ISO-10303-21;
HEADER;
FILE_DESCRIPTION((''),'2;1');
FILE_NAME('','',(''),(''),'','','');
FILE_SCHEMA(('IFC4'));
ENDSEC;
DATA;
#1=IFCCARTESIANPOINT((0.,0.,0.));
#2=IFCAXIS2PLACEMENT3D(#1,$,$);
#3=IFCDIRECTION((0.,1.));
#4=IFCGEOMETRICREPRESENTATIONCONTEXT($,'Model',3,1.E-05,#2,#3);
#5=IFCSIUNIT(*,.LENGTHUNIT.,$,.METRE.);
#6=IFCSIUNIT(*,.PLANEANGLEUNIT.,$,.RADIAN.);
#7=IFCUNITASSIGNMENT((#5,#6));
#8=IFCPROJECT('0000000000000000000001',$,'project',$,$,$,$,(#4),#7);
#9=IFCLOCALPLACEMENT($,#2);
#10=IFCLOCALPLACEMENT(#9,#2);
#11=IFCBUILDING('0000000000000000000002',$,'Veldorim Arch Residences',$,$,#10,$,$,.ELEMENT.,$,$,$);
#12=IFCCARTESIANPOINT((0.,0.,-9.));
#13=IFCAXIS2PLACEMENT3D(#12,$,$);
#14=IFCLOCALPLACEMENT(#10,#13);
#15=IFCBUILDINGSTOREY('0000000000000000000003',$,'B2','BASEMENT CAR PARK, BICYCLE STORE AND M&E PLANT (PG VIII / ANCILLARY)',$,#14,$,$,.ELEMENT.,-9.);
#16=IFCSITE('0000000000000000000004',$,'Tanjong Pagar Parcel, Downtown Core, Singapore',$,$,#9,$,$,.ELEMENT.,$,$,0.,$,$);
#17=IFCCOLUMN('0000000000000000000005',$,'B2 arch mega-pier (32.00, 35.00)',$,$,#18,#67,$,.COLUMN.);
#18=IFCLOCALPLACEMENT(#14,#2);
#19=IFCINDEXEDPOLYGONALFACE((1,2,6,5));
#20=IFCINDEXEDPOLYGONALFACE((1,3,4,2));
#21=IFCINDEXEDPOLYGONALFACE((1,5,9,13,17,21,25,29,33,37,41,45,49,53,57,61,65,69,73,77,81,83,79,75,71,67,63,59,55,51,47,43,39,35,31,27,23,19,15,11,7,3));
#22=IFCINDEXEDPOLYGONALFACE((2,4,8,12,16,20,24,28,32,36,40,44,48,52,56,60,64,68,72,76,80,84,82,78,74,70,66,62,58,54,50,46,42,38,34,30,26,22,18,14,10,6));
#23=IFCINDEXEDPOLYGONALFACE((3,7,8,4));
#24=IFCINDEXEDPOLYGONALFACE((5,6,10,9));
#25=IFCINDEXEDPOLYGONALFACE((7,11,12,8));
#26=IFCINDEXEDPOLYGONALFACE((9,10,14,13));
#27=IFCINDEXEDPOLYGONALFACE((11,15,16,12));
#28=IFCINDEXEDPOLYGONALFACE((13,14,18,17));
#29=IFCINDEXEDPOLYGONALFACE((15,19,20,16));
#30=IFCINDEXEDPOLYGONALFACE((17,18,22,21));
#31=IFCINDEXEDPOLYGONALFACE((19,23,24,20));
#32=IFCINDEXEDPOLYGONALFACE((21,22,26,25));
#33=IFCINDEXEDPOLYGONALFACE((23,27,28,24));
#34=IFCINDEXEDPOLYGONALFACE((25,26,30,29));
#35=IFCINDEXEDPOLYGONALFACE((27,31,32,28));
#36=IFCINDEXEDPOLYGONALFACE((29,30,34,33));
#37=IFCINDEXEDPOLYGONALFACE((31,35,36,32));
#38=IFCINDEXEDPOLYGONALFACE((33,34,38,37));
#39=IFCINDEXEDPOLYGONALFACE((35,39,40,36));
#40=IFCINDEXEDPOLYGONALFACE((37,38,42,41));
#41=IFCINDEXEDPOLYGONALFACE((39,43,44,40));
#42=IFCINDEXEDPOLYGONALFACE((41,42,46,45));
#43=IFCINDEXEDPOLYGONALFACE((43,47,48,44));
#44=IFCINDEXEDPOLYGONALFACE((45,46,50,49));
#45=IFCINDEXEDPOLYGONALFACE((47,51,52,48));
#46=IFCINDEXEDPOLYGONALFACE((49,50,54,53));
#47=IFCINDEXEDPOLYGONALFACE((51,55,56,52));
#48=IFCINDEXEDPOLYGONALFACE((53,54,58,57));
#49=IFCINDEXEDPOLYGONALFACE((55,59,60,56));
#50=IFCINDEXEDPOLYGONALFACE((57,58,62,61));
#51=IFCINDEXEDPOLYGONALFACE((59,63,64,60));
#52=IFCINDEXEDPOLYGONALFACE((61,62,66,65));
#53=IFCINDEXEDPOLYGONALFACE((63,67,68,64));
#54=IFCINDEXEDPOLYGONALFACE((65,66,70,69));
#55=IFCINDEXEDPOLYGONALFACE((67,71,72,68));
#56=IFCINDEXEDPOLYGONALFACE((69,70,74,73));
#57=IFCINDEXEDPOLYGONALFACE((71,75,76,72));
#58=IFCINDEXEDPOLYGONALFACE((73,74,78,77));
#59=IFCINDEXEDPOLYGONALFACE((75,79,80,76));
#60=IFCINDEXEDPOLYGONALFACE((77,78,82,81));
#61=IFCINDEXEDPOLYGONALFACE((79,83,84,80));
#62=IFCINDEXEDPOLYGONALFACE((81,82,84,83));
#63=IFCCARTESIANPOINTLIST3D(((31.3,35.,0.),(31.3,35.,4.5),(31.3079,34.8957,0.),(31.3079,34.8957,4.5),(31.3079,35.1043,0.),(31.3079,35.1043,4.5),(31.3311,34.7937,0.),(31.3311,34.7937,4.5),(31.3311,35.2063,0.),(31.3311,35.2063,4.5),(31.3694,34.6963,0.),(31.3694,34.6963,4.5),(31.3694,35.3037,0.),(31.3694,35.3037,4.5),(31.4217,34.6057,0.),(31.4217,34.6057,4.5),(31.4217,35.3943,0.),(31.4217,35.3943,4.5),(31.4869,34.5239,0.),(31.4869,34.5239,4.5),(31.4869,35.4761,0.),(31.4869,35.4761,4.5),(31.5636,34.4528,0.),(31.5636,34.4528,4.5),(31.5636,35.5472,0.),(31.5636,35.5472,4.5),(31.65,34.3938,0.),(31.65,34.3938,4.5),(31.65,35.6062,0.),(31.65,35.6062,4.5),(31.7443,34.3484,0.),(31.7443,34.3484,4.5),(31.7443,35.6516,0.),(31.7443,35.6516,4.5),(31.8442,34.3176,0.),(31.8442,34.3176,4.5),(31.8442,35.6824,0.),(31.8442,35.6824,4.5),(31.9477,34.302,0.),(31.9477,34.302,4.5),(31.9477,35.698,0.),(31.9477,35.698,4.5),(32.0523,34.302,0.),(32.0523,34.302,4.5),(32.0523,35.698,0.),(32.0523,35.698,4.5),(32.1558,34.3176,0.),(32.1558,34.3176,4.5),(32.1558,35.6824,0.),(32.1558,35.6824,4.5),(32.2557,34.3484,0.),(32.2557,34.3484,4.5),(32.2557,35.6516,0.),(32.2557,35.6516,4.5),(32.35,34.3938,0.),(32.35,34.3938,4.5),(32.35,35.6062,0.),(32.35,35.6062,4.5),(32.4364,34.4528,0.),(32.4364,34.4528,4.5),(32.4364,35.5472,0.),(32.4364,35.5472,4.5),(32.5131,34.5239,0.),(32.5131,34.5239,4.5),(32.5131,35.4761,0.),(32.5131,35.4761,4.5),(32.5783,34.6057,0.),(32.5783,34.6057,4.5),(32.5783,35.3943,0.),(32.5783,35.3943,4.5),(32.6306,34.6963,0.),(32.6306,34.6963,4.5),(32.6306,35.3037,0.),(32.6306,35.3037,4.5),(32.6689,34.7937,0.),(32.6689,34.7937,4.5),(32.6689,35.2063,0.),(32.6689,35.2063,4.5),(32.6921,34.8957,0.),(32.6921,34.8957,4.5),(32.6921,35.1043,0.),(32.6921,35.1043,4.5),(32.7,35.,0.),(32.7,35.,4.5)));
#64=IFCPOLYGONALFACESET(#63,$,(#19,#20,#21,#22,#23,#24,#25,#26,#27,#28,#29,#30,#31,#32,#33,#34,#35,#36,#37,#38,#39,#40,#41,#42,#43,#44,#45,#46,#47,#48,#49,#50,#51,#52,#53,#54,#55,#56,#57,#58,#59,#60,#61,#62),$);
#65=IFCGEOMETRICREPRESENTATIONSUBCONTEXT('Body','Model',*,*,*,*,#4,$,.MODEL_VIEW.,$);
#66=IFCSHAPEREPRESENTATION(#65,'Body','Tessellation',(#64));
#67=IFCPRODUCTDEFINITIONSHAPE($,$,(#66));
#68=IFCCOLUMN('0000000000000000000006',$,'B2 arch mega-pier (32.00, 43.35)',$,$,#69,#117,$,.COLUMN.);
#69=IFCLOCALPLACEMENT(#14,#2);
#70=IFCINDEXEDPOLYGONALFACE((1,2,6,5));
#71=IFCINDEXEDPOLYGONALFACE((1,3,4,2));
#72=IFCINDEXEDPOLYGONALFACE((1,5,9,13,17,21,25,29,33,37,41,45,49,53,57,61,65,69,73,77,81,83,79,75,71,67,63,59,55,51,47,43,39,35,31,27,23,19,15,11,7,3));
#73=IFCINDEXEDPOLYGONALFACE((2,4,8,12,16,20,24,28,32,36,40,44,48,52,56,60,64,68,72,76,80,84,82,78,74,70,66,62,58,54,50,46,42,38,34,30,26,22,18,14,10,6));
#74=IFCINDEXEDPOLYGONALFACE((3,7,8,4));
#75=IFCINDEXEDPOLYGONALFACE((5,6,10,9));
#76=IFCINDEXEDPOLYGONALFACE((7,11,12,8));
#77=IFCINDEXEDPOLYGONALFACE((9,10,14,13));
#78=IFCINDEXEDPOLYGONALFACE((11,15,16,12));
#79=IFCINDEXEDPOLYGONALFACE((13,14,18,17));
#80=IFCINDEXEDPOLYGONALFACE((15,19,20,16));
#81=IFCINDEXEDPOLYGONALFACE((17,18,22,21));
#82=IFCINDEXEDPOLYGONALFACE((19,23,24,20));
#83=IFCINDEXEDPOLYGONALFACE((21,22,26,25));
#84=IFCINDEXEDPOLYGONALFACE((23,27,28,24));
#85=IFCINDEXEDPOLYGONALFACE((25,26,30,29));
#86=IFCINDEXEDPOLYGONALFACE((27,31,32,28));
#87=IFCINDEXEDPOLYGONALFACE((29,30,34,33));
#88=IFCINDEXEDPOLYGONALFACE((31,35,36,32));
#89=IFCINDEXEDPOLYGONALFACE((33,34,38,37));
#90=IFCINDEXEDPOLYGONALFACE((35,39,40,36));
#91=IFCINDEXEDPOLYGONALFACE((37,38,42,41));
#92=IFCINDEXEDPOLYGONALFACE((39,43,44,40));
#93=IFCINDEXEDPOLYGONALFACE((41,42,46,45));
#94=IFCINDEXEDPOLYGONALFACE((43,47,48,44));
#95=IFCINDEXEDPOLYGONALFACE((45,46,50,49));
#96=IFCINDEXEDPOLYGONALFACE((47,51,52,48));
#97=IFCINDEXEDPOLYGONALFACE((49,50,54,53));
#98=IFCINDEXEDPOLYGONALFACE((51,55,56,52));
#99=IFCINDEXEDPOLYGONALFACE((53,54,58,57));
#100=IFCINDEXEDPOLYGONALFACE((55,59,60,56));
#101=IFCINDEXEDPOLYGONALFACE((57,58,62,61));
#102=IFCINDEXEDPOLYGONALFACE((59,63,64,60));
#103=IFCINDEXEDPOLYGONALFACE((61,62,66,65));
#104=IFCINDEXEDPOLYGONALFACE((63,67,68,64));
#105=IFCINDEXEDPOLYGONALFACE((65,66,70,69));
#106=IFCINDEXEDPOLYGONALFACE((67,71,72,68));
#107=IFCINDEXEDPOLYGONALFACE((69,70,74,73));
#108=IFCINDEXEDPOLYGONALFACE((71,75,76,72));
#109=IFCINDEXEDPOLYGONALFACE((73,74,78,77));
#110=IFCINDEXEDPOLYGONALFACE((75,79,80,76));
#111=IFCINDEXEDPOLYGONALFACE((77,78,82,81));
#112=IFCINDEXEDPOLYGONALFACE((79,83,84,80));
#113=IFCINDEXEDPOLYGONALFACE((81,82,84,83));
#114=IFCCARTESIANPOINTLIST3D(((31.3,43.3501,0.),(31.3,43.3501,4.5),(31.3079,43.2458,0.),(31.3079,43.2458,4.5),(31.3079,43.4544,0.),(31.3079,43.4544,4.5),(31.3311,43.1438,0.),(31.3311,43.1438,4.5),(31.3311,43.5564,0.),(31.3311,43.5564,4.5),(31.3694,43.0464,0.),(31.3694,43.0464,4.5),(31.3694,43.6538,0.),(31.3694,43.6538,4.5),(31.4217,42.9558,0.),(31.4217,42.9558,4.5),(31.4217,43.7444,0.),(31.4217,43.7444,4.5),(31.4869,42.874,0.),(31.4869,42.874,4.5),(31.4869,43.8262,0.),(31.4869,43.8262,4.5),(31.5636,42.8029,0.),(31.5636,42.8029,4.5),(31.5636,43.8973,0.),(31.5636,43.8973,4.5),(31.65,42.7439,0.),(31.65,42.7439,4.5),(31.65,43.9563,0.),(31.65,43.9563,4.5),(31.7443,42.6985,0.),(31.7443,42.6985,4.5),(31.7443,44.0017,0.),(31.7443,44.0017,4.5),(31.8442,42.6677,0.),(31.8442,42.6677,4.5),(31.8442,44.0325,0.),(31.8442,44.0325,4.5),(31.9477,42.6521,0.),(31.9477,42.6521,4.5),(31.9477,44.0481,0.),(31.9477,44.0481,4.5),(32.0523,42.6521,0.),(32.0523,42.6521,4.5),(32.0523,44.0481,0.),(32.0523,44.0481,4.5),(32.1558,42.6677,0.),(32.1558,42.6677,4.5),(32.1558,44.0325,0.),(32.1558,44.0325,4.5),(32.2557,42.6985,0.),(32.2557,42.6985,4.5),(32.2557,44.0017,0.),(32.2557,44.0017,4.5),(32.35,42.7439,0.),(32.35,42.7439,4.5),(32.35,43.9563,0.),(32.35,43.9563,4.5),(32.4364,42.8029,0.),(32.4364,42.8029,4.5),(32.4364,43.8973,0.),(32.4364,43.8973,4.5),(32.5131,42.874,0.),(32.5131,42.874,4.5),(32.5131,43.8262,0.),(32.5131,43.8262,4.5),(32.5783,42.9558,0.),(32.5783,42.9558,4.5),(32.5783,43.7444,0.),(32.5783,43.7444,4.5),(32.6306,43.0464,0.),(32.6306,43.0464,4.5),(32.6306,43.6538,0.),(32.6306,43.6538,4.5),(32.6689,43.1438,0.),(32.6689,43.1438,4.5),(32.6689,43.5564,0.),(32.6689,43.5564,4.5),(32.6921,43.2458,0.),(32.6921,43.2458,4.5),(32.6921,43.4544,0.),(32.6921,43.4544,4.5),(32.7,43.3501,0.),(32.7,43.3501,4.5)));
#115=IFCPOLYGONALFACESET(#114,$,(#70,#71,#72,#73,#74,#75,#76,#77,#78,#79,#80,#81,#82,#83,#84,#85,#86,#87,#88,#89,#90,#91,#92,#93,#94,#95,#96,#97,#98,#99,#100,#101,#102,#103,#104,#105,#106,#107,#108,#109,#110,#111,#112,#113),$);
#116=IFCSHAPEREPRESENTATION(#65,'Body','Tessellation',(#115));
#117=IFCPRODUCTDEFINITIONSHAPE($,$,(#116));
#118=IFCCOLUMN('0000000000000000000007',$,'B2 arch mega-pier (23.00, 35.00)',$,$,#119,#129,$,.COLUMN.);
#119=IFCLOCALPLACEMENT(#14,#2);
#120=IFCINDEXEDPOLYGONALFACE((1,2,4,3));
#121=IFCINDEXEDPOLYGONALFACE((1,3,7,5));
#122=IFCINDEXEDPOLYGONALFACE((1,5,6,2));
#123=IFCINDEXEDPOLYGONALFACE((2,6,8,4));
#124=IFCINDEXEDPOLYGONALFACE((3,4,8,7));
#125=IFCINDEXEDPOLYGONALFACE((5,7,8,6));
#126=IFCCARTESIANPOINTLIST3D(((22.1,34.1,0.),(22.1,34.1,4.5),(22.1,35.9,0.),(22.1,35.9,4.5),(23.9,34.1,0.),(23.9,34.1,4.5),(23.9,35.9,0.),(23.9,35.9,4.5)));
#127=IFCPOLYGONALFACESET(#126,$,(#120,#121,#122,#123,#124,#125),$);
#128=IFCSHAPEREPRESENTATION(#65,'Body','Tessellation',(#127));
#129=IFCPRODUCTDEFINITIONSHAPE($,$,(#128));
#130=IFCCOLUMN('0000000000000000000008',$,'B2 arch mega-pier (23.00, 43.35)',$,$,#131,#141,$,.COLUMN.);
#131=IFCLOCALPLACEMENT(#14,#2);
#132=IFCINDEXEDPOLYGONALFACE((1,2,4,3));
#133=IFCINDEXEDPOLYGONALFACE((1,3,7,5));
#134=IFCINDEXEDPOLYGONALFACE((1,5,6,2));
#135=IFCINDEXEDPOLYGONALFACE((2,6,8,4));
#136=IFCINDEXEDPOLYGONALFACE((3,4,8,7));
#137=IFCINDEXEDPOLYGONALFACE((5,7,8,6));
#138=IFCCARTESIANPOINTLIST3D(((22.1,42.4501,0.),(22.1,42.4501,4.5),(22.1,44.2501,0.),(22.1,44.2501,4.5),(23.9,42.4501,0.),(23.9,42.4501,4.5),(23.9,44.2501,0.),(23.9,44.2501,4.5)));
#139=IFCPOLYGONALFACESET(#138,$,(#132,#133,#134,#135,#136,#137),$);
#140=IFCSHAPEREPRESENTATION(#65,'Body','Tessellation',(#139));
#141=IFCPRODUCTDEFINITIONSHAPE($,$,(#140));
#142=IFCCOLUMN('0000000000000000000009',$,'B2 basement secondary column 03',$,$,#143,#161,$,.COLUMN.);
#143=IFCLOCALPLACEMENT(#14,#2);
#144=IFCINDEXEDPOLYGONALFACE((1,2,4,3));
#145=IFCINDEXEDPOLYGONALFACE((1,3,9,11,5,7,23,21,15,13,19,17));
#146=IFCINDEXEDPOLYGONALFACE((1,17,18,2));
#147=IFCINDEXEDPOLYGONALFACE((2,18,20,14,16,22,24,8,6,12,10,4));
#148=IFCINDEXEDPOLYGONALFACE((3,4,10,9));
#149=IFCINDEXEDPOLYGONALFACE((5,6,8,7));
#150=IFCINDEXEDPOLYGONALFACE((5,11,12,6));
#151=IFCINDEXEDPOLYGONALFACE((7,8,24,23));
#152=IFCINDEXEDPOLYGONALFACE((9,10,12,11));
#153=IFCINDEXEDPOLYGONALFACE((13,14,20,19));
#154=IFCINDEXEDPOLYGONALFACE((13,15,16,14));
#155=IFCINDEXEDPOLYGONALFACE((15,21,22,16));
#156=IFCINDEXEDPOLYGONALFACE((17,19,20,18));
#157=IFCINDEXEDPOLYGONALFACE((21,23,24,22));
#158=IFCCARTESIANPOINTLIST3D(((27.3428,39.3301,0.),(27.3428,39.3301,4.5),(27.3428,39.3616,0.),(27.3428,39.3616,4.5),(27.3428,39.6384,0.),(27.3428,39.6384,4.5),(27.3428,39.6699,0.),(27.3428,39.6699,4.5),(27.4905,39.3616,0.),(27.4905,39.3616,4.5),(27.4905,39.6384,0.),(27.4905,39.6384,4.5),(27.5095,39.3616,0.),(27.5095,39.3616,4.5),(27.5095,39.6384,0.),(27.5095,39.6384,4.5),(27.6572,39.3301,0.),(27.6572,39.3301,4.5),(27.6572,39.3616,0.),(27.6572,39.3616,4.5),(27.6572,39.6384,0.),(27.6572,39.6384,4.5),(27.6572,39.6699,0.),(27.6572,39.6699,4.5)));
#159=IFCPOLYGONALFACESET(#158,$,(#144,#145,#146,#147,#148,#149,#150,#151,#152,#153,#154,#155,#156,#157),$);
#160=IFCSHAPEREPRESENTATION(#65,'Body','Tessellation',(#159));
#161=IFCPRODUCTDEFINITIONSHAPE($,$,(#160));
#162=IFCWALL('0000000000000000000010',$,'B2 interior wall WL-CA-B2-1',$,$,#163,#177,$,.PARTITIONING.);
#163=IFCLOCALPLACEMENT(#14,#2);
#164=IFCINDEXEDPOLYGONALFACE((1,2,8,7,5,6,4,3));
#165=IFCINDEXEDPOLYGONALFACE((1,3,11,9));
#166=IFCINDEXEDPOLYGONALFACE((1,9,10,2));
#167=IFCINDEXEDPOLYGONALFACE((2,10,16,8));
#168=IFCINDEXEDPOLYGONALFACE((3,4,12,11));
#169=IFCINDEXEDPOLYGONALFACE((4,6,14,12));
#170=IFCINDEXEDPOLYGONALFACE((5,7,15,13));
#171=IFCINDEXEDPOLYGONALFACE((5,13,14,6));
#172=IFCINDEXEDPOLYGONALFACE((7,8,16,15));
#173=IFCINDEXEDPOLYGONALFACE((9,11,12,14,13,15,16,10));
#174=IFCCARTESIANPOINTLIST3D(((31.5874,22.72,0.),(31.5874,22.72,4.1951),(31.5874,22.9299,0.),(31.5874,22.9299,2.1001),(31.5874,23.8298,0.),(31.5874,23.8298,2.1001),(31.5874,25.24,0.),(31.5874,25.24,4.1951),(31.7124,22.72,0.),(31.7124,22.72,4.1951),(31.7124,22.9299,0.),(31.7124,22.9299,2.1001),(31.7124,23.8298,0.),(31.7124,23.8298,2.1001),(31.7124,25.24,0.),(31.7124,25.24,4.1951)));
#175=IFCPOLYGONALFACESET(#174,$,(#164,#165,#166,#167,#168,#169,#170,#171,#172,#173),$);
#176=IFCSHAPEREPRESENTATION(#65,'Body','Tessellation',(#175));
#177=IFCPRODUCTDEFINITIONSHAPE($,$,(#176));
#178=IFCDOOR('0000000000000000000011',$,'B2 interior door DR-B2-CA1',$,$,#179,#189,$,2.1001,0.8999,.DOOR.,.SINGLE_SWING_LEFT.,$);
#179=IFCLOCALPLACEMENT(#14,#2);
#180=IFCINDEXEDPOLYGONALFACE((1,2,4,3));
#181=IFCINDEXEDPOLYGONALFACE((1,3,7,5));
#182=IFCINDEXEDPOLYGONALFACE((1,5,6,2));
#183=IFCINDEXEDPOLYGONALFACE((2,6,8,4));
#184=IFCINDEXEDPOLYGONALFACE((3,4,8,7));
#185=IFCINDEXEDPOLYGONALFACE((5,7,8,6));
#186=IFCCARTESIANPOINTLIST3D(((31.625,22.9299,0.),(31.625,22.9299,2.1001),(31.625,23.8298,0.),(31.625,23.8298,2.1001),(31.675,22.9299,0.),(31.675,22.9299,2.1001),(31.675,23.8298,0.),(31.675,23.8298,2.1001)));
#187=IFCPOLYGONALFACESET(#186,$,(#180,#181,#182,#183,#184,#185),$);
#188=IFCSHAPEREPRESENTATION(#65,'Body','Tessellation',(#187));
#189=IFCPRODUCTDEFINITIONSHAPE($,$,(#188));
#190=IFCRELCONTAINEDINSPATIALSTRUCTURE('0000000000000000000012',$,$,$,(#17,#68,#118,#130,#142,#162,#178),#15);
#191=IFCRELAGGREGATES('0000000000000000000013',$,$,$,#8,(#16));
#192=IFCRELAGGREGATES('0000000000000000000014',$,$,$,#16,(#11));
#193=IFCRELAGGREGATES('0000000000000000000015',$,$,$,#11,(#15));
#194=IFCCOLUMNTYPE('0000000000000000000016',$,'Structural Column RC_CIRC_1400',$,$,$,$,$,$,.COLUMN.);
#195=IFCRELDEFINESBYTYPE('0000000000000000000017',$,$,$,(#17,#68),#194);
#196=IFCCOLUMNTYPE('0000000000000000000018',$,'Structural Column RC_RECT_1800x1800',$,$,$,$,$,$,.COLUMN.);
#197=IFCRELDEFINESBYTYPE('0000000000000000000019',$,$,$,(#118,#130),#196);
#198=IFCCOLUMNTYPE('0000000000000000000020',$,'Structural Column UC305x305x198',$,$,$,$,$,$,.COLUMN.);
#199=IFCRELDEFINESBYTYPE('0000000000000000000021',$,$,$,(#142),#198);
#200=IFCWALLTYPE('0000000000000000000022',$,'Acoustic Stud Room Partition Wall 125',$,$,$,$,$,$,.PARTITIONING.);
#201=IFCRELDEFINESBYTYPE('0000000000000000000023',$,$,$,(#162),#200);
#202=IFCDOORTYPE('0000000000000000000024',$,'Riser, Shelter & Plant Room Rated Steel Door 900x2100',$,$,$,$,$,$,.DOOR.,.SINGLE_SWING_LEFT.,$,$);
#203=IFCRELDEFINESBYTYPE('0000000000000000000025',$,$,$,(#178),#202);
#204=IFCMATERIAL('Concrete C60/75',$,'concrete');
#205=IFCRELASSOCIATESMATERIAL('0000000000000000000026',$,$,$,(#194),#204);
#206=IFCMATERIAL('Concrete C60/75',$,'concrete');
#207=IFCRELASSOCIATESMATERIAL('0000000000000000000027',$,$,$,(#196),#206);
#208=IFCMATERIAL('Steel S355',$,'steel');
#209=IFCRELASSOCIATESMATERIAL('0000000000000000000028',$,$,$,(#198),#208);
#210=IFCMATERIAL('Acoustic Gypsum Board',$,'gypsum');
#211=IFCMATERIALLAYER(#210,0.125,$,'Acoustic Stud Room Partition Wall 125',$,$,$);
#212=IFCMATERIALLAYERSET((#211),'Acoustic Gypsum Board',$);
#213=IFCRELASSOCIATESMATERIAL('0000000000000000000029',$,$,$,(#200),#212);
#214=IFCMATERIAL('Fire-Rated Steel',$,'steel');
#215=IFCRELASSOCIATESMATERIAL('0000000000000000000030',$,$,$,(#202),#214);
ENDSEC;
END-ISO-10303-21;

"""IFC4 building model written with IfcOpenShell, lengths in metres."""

from ifc_helpers import new_model, si_unit, direction, frame, frame_2d, origin, origin_2d, place, context, subcontext, project, spatial, rectangle, circle, i_section, extrude, material, layer, layer_set, material_profile, profile_set, type_object, element, fill, save


model = new_model("IFC4")

# Units and contexts
model_context = context("Model", 3, precision=1e-05, world=origin(), true_north=direction((0.0, 1.0)))
body_context = subcontext(model_context, "Body", "Model", "MODEL_VIEW")
ifc_project = project(units=[si_unit("LENGTHUNIT", "METRE"), si_unit("PLANEANGLEUNIT", "RADIAN")], contexts=[model_context])

# Site, building, storey
site_placement = place(None, origin())
site = spatial("IfcSite", under=ifc_project, at=site_placement, Name="Tanjong Pagar Parcel, Downtown Core, Singapore", CompositionType="ELEMENT", RefElevation=0.0)
building_placement = place(site_placement, origin())
building = spatial("IfcBuilding", under=site, at=building_placement, Name="Veldorim Arch Residences", CompositionType="ELEMENT")
storey_placement = place(building_placement, frame((0.0, 0.0, -9.0)))
storey = spatial("IfcBuildingStorey", under=building, at=storey_placement, Name="B2", Description="BASEMENT CAR PARK, BICYCLE STORE AND M&E PLANT (PG VIII / ANCILLARY)", CompositionType="ELEMENT", Elevation=-9.0)

# Columns
ifc_material_1 = material(Name="Concrete C60/75", Category="concrete")
ifc_material_profile_1 = material_profile(ifc_material_1, circle(Radius=0.7, at=origin_2d()), Name="RC_CIRC_1400")
ifc_profile_set_1 = profile_set([ifc_material_profile_1], Name="Concrete C60/75")
column_type_1 = type_object("IfcColumnType", Name="Structural Column RC_CIRC_1400", PredefinedType="COLUMN", material=ifc_profile_set_1)
for number, where, z_axis, x_axis, name in (
    (1, (32.0, 35.0, 0.0), (0.0, 0.0, 1.0), (1.0, 0.0, 0.0), "B2 arch mega-pier (32.00, 35.00)"),
    (2, (32.0, 43.3501, 0.0), (0.0, 0.0, 1.0), (1.0, 0.0, 0.0), "B2 arch mega-pier (32.00, 43.35)"),
):
    element("IfcColumn", number, at=place(storey_placement, frame(where, z_axis=z_axis, x_axis=x_axis)), inside=storey, type_object=column_type_1, Name=name, PredefinedType="COLUMN", context=body_context, shape_type="SweptSolid", body=[
        extrude(circle(Radius=0.7, at=origin_2d()), origin(), (0.0, 0.0, 1.0), 4.5),
    ])
ifc_material_2 = material(Name="Concrete C60/75", Category="concrete")
ifc_material_profile_2 = material_profile(ifc_material_2, rectangle(XDim=1.8, YDim=1.8, at=origin_2d()), Name="RC_RECT_1800x1800")
ifc_profile_set_2 = profile_set([ifc_material_profile_2], Name="Concrete C60/75")
column_type_2 = type_object("IfcColumnType", Name="Structural Column RC_RECT_1800x1800", PredefinedType="COLUMN", material=ifc_profile_set_2)
for number, where, z_axis, x_axis, name in (
    (3, (23.0, 35.0, 0.0), (0.0, 0.0, 1.0), (1.0, 0.0, 0.0), "B2 arch mega-pier (23.00, 35.00)"),
    (4, (23.0, 43.3501, 0.0), (0.0, 0.0, 1.0), (1.0, 0.0, 0.0), "B2 arch mega-pier (23.00, 43.35)"),
):
    element("IfcColumn", number, at=place(storey_placement, frame(where, z_axis=z_axis, x_axis=x_axis)), inside=storey, type_object=column_type_2, Name=name, PredefinedType="COLUMN", context=body_context, shape_type="SweptSolid", body=[
        extrude(rectangle(XDim=1.8, YDim=1.8, at=origin_2d()), origin(), (0.0, 0.0, 1.0), 4.5),
    ])
ifc_material_3 = material(Name="Steel S355", Category="steel")
ifc_material_profile_3 = material_profile(ifc_material_3, i_section(OverallWidth=0.3145, OverallDepth=0.3398, WebThickness=0.019, FlangeThickness=0.0315, at=origin_2d()), Name="UC305x305x198")
ifc_profile_set_3 = profile_set([ifc_material_profile_3], Name="Steel S355")
column_type_3 = type_object("IfcColumnType", Name="Structural Column UC305x305x198", PredefinedType="COLUMN", material=ifc_profile_set_3)
column_placement = place(storey_placement, frame((27.5, 39.5, 0.0), z_axis=(0.0, 0.0, 1.0), x_axis=(1.0, 0.0, 0.0)))
element("IfcColumn", 5, at=column_placement, inside=storey, type_object=column_type_3, Name="B2 basement secondary column 03", PredefinedType="COLUMN", context=body_context, shape_type="SweptSolid", body=[
    extrude(i_section(OverallWidth=0.3145, OverallDepth=0.3398, WebThickness=0.019, FlangeThickness=0.0315, at=origin_2d()), origin(), (0.0, 0.0, 1.0), 4.5),
])

# Wall, opening, door
ifc_material_4 = material(Name="Acoustic Gypsum Board", Category="gypsum")
ifc_layer_1 = layer(ifc_material_4, 0.125, Name="Acoustic Stud Room Partition Wall 125")
ifc_layer_set_1 = layer_set([ifc_layer_1], Name="Acoustic Gypsum Board")
wall_type_1 = type_object("IfcWallType", Name="Acoustic Stud Room Partition Wall 125", PredefinedType="PARTITIONING", material=ifc_layer_set_1)
wall_1_placement = place(storey_placement, frame((31.6499, 22.72, 0.0), z_axis=(0.0, 0.0, 1.0), x_axis=(0.0, 1.0, 0.0)))
wall_1 = element("IfcWall", 6, at=wall_1_placement, inside=storey, type_object=wall_type_1, Name="B2 interior wall WL-CA-B2-1", PredefinedType="PARTITIONING", context=body_context, shape_type="SweptSolid", body=[
    extrude(rectangle(XDim=2.52, YDim=0.125, at=frame_2d((1.26, 0.0))), origin(), (0.0, 0.0, 1.0), 4.1951),
])
opening_1_placement = place(wall_1_placement, frame((0.21, 0.0, 0.0)))
opening_1 = element("IfcOpeningElement", 7, at=opening_1_placement, cuts=wall_1, PredefinedType="OPENING", context=body_context, shape_type="SweptSolid", body=[
    extrude(rectangle(XDim=0.8999, YDim=2.1001, at=frame_2d((0.45, 1.05))), frame((0.0, 0.0725, 0.0), z_axis=(0.0, -1.0, 0.0), x_axis=(1.0, 0.0, 0.0)), (0.0, 0.0, 1.0), 0.145),
])
ifc_material_5 = material(Name="Fire-Rated Steel", Category="steel")
door_type_1 = type_object("IfcDoorType", Name="Riser, Shelter & Plant Room Rated Steel Door 900x2100", OperationType="SINGLE_SWING_LEFT", PredefinedType="DOOR", material=ifc_material_5)
door_1_placement = place(opening_1_placement, origin())
door_1 = element("IfcDoor", 8, at=door_1_placement, inside=storey, type_object=door_type_1, Name="B2 interior door DR-B2-CA1", OperationType="SINGLE_SWING_LEFT", OverallHeight=2.1001, OverallWidth=0.8999, PredefinedType="DOOR", context=body_context, shape_type="SweptSolid", body=[
    extrude(rectangle(XDim=0.8999, YDim=2.1001, at=frame_2d((0.45, 1.05))), frame((0.0, 0.0249, 0.0), z_axis=(0.0, -1.0, 0.0), x_axis=(1.0, 0.0, 0.0)), (0.0, 0.0, 1.0), 0.05),
])
fill(opening_1, door_1)

save(model, "model.ifc")
